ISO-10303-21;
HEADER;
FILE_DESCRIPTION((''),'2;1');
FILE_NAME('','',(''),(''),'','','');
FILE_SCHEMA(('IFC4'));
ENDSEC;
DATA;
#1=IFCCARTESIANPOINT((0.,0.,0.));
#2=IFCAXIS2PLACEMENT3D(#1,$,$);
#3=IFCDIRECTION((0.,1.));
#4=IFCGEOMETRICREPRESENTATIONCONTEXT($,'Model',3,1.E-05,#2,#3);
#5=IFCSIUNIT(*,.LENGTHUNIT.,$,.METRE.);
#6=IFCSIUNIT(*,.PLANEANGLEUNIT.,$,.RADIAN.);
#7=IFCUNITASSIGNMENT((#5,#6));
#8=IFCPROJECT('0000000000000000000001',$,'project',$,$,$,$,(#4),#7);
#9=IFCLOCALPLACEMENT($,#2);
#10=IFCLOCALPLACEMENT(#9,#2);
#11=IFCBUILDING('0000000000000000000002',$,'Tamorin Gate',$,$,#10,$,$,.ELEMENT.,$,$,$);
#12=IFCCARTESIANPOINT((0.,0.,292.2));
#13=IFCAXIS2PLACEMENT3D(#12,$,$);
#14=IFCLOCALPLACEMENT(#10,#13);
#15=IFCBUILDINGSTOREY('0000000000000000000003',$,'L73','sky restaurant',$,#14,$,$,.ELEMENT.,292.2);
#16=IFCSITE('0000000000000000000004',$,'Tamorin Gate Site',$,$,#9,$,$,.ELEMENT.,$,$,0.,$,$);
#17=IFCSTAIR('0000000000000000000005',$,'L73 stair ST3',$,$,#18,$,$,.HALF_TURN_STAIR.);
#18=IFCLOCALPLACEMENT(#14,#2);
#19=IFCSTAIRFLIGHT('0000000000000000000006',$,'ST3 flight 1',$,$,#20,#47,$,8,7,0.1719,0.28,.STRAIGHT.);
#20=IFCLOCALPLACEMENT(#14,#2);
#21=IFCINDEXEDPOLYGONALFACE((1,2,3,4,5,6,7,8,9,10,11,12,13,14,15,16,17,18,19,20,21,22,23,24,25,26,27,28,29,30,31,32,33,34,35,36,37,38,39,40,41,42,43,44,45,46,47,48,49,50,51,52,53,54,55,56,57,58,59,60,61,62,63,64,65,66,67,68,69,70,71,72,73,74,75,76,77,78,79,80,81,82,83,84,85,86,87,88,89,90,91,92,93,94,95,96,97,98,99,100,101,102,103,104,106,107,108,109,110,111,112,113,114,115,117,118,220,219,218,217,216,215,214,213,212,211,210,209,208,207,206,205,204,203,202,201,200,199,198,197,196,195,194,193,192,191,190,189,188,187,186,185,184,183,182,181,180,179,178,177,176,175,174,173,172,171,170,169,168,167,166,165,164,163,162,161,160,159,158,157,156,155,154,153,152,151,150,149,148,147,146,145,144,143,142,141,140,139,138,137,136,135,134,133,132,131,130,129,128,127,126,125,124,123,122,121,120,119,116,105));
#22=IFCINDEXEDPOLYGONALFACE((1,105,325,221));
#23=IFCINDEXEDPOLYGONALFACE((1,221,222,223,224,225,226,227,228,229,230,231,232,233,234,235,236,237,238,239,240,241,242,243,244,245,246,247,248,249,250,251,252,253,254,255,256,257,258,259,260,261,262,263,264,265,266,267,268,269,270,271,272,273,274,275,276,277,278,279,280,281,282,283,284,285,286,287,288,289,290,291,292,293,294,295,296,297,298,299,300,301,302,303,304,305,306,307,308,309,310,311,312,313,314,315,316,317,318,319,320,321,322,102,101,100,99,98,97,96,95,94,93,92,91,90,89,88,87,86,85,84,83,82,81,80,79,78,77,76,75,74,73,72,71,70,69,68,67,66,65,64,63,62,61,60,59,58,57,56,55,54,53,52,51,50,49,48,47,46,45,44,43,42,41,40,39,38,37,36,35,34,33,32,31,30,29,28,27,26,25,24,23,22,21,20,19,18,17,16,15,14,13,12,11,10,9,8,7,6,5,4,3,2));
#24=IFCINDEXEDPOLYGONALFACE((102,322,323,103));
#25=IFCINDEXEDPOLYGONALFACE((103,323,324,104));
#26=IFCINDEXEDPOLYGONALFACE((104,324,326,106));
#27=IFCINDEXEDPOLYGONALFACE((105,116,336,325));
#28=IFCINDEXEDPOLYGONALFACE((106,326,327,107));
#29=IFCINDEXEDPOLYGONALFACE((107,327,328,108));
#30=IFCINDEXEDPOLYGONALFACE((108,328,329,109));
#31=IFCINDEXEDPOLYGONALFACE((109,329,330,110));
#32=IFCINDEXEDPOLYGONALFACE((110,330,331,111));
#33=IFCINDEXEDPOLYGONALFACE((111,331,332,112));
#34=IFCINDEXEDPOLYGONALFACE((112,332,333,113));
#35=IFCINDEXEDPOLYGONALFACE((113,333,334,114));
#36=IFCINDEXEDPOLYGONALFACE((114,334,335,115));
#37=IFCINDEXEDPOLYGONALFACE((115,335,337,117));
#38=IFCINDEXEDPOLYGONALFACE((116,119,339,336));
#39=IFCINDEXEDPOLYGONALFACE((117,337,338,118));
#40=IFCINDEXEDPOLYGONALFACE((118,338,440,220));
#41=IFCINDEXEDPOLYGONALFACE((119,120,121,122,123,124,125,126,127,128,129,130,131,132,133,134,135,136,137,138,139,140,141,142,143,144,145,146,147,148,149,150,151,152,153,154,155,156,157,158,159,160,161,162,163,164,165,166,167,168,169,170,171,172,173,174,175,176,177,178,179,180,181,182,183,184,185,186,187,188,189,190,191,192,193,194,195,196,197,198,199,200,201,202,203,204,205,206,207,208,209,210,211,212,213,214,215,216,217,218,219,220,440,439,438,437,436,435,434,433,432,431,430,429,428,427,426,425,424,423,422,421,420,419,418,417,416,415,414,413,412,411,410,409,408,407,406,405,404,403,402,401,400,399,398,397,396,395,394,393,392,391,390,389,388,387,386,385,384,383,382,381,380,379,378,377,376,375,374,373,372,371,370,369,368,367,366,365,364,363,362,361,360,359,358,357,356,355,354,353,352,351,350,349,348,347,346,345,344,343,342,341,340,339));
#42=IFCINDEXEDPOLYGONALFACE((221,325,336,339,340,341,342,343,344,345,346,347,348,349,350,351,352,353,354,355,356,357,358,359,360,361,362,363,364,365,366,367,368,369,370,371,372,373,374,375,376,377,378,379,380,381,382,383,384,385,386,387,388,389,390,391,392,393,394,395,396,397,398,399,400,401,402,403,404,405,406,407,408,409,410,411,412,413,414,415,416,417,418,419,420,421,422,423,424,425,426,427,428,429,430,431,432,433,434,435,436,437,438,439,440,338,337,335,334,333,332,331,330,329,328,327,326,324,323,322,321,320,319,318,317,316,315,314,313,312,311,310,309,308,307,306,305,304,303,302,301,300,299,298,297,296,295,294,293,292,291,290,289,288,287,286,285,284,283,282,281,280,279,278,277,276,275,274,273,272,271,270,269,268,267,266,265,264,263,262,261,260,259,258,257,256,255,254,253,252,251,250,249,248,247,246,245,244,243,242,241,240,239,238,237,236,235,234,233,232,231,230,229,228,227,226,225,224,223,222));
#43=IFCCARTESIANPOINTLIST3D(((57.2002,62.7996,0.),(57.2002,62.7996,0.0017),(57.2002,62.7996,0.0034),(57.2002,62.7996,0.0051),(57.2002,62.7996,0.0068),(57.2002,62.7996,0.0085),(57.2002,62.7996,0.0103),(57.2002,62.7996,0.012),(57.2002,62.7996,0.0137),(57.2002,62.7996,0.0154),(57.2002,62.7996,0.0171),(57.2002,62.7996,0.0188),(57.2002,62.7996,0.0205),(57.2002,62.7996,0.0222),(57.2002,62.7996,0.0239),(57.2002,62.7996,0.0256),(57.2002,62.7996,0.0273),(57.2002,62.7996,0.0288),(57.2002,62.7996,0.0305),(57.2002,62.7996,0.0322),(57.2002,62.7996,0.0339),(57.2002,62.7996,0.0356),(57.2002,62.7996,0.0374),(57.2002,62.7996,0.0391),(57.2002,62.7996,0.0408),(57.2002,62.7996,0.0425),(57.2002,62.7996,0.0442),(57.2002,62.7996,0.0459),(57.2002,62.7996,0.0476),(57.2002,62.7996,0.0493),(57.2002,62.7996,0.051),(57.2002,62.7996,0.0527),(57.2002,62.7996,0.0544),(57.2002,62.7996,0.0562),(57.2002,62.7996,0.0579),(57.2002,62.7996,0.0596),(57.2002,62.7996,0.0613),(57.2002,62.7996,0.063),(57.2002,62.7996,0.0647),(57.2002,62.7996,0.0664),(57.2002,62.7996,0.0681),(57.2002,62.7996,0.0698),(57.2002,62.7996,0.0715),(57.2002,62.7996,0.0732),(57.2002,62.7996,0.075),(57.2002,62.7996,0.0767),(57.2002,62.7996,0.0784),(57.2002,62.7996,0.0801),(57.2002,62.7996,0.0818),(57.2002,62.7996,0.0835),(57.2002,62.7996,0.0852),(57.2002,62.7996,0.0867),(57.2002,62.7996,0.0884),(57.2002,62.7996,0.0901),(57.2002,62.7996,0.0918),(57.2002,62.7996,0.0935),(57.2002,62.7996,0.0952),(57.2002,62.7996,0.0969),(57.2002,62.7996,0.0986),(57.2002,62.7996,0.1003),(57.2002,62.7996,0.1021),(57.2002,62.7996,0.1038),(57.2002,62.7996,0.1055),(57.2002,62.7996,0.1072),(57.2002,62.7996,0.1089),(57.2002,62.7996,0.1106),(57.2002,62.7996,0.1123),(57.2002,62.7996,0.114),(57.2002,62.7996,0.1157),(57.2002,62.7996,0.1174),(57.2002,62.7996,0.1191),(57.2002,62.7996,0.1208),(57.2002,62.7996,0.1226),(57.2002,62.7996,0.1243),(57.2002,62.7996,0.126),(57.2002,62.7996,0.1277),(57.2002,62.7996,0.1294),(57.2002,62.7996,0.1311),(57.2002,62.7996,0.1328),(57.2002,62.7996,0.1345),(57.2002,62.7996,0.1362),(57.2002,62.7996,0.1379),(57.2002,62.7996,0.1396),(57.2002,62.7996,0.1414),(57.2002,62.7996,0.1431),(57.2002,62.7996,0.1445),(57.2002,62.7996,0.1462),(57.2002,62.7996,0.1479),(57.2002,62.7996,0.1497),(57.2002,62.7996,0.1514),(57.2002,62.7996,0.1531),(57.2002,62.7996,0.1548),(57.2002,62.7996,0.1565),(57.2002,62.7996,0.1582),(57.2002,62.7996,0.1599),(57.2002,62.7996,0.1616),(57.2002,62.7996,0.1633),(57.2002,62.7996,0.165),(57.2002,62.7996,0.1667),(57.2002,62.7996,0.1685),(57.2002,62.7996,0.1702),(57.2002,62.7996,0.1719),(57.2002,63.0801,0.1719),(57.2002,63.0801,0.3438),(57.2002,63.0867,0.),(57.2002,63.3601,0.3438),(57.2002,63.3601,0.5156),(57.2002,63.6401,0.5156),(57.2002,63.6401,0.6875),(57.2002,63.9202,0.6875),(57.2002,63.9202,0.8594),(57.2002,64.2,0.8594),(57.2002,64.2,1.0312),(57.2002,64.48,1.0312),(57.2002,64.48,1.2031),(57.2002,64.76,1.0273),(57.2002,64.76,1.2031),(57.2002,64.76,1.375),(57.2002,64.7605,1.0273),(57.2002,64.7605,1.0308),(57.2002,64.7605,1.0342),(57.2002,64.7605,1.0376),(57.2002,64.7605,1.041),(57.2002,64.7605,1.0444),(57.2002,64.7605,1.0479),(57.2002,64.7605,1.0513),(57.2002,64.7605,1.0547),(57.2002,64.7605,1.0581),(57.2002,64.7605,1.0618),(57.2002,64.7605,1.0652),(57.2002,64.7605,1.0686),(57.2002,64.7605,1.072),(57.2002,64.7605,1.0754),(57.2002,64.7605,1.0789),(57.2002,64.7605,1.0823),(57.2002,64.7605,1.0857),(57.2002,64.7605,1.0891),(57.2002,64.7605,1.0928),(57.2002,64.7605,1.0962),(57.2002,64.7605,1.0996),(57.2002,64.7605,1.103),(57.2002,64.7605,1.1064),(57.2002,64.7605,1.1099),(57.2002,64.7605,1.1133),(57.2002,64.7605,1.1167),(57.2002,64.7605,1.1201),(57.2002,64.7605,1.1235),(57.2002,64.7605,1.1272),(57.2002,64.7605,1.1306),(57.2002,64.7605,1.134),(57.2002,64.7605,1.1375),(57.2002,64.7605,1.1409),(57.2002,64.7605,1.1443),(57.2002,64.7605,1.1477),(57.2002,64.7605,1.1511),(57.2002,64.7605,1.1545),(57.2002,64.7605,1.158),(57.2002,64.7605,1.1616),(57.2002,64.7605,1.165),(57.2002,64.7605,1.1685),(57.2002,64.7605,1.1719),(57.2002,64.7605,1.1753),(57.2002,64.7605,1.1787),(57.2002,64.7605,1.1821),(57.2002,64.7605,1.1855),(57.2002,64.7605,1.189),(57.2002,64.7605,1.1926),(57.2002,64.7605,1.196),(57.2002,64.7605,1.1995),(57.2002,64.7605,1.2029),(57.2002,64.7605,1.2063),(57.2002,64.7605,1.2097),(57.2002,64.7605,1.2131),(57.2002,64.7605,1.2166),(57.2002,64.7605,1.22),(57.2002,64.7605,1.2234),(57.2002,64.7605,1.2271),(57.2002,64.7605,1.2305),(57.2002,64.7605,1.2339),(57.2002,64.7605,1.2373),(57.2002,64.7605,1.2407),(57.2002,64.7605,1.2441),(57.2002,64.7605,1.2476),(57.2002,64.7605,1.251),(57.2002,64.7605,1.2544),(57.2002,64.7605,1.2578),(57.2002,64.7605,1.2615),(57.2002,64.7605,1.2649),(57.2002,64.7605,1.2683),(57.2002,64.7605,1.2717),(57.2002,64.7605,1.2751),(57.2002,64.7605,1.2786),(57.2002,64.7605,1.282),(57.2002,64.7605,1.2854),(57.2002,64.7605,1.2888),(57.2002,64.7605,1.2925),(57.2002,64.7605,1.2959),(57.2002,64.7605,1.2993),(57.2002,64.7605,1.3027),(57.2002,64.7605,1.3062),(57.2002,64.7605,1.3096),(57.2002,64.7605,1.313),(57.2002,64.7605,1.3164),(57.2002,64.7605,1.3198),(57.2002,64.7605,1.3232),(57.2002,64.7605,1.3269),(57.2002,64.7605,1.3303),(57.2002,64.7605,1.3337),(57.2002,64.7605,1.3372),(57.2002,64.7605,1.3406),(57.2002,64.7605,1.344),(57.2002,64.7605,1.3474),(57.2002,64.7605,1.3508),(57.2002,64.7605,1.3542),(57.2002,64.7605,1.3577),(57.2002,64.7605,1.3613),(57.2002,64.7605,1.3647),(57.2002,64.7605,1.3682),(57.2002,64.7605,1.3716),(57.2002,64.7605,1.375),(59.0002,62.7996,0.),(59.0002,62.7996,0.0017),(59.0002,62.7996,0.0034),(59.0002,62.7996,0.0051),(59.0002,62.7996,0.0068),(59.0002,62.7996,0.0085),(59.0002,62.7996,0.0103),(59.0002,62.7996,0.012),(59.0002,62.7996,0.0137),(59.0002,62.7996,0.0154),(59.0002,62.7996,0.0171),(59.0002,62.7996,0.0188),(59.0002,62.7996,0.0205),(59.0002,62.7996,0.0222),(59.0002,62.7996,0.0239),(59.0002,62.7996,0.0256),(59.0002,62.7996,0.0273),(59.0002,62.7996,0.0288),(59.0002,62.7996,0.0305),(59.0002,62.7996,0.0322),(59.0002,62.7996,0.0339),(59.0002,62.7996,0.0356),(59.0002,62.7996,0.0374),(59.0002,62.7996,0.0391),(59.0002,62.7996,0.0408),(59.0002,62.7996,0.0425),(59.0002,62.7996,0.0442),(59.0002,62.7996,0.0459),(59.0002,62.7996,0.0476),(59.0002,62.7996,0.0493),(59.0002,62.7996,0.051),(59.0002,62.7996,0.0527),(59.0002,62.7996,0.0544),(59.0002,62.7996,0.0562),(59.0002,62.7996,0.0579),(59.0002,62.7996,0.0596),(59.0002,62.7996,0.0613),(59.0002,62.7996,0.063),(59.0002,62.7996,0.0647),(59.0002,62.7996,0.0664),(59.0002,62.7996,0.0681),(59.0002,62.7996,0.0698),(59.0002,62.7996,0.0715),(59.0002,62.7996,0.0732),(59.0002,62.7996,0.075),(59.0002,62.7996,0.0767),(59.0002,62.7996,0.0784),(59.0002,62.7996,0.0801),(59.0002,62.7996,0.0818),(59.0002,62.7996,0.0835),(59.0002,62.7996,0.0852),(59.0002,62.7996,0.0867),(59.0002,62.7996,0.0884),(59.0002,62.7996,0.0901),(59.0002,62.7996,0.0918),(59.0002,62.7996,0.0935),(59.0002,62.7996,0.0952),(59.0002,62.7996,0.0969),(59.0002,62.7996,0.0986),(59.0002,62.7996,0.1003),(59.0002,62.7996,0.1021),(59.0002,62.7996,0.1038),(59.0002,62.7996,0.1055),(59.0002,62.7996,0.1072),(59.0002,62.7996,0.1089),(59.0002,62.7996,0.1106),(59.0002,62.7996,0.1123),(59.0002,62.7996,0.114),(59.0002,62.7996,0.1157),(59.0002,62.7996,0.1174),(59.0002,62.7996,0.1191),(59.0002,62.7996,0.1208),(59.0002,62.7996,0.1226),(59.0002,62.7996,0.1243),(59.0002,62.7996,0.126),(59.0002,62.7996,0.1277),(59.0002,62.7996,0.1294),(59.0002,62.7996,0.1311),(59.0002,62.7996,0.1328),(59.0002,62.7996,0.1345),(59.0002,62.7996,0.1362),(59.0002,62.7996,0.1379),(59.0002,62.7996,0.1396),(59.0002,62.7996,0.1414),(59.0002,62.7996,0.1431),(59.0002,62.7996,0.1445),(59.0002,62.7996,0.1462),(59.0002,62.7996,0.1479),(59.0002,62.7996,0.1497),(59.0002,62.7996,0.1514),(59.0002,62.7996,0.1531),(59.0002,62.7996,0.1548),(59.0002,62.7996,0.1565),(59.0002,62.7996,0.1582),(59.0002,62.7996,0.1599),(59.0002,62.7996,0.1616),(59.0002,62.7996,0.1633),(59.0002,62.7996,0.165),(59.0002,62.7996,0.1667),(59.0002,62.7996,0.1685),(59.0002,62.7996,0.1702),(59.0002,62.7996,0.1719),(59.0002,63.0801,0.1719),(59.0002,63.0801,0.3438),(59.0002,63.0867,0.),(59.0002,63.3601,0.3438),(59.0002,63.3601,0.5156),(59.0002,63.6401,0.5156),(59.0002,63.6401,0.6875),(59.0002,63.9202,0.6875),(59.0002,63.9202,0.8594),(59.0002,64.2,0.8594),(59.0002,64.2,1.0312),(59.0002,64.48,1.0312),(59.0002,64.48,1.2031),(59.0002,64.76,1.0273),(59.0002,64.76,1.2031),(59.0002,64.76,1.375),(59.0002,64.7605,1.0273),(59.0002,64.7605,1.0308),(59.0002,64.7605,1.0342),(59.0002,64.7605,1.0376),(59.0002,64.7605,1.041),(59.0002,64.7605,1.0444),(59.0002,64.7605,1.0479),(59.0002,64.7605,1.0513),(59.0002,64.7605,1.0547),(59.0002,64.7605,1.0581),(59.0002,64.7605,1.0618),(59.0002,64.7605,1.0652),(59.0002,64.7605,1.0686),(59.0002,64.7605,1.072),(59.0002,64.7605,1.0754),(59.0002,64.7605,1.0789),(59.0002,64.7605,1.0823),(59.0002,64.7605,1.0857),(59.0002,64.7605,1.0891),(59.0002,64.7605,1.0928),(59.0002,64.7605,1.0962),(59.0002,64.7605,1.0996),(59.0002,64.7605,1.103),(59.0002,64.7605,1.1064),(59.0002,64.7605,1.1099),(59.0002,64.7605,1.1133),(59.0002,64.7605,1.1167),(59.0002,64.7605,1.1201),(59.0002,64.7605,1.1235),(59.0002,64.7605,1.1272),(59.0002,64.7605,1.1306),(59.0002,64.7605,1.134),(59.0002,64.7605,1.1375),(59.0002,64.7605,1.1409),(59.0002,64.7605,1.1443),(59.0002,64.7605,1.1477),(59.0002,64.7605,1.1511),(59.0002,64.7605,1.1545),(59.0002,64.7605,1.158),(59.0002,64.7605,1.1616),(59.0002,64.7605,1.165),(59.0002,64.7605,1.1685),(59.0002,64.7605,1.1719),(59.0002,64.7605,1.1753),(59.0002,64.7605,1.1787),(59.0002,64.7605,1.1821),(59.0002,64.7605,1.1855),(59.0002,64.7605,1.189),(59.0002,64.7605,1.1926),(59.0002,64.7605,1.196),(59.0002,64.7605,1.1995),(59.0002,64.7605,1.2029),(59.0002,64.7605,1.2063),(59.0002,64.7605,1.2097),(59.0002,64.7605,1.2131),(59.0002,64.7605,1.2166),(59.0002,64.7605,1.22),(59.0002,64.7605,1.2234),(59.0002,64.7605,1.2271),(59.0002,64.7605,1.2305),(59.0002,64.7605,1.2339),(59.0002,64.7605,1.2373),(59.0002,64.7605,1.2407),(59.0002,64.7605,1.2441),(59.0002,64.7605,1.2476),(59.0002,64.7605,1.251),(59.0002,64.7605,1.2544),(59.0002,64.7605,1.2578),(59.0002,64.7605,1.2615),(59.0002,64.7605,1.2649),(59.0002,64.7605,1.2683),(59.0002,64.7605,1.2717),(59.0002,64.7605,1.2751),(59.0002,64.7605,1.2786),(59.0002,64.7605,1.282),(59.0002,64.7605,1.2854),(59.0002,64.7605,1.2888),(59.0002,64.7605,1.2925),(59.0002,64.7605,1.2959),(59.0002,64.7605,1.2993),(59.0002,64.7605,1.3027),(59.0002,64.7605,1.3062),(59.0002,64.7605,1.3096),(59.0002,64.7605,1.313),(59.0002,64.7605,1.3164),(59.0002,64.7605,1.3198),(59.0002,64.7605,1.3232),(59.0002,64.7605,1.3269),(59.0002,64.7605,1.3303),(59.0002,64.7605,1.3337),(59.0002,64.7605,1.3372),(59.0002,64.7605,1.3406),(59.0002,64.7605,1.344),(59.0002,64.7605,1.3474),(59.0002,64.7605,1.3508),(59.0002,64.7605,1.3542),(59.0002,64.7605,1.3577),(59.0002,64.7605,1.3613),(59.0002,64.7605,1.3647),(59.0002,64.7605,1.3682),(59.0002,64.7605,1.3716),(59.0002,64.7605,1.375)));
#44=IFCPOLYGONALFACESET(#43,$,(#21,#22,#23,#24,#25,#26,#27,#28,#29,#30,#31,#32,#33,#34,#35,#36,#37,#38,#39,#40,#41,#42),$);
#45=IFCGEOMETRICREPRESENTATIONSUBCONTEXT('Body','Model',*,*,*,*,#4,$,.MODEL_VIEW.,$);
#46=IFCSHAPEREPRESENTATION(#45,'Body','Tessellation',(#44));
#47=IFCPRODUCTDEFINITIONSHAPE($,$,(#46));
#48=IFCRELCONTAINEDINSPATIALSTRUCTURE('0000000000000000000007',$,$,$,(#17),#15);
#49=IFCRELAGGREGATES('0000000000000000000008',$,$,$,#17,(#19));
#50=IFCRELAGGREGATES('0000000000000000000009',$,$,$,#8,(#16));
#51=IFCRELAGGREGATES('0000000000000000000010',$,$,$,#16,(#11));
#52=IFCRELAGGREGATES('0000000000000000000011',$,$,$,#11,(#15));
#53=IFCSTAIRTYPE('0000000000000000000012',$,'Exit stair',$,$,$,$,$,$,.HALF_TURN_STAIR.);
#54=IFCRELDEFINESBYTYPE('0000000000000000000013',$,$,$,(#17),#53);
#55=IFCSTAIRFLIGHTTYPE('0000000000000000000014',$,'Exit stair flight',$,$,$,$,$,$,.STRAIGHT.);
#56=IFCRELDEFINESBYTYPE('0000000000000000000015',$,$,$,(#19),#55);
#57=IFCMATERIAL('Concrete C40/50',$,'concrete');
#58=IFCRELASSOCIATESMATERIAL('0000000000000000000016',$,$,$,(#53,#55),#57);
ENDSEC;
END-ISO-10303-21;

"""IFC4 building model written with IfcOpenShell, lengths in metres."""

from ifc_helpers import new_model, si_unit, direction, frame, origin, place, context, subcontext, project, spatial, polyline, outline, extrude, material, type_object, element, aggregate, save


model = new_model("IFC4")

# Units and contexts
model_context = context("Model", 3, precision=1e-05, world=origin(), true_north=direction((0.0, 1.0)))
body_context = subcontext(model_context, "Body", "Model", "MODEL_VIEW")
ifc_project = project(units=[si_unit("LENGTHUNIT", "METRE"), si_unit("PLANEANGLEUNIT", "RADIAN")], contexts=[model_context])

# Site, building, storey
site_placement = place(None, origin())
site = spatial("IfcSite", under=ifc_project, at=site_placement, Name="Tamorin Gate Site", CompositionType="ELEMENT", RefElevation=0.0)
building_placement = place(site_placement, origin())
building = spatial("IfcBuilding", under=site, at=building_placement, Name="Tamorin Gate", CompositionType="ELEMENT")
storey_placement = place(building_placement, frame((0.0, 0.0, 292.2)))
storey = spatial("IfcBuildingStorey", under=building, at=storey_placement, Name="L73", Description="sky restaurant", CompositionType="ELEMENT", Elevation=292.2)

# Shared definitions
ifc_material_1 = material(Name="Concrete C40/50", Category="concrete")

# Stair, stair flight
stair_type = type_object("IfcStairType", Name="Exit stair", PredefinedType="HALF_TURN_STAIR", material=ifc_material_1)
stair_placement = place(storey_placement, origin())
stair = element("IfcStair", 1, at=stair_placement, inside=storey, type_object=stair_type, Name="L73 stair ST3", PredefinedType="HALF_TURN_STAIR")
stair_flight_type = type_object("IfcStairFlightType", Name="Exit stair flight", PredefinedType="STRAIGHT", material=ifc_material_1)
stair_flight_1_placement = place(storey_placement, frame((58.1001, 62.8, 0.0), z_axis=(0.0, 0.0, 1.0), x_axis=(0.0, 1.0, 0.0)))
stair_flight_1 = element("IfcStairFlight", 2, at=stair_flight_1_placement, type_object=stair_flight_type, Name="ST3 flight 1", NumberOfRisers=8, NumberOfTreads=7, PredefinedType="STRAIGHT", RiserHeight=0.1719, TreadLength=0.28, context=body_context, shape_type="SweptSolid", body=[
    extrude(outline(polyline([(-0.0005, 0.0), (-0.0005, 0.0017), (-0.0005, 0.0034), (-0.0005, 0.0051), (-0.0005, 0.0068), (-0.0005, 0.0085), (-0.0005, 0.0103), (-0.0005, 0.012), (-0.0005, 0.0137), (-0.0005, 0.0154), (-0.0005, 0.0171), (-0.0005, 0.0188), (-0.0005, 0.0205), (-0.0005, 0.0222), (-0.0005, 0.0239), (-0.0005, 0.0256), (-0.0005, 0.0273), (-0.0005, 0.0288), (-0.0005, 0.0305), (-0.0005, 0.0322), (-0.0005, 0.0339), (-0.0005, 0.0356), (-0.0005, 0.0374), (-0.0005, 0.0391), (-0.0005, 0.0408), (-0.0005, 0.0425), (-0.0005, 0.0442), (-0.0005, 0.0459), (-0.0005, 0.0476), (-0.0005, 0.0493), (-0.0005, 0.051), (-0.0005, 0.0527), (-0.0005, 0.0544), (-0.0005, 0.0562), (-0.0005, 0.0579), (-0.0005, 0.0596), (-0.0005, 0.0613), (-0.0005, 0.063), (-0.0005, 0.0647), (-0.0005, 0.0664), (-0.0005, 0.0681), (-0.0005, 0.0698), (-0.0005, 0.0715), (-0.0005, 0.0732), (-0.0005, 0.075), (-0.0005, 0.0767), (-0.0005, 0.0784), (-0.0005, 0.0801), (-0.0005, 0.0818), (-0.0005, 0.0835), (-0.0005, 0.0852), (-0.0005, 0.0867), (-0.0005, 0.0884), (-0.0005, 0.0901), (-0.0005, 0.0918), (-0.0005, 0.0935), (-0.0005, 0.0952), (-0.0005, 0.0969), (-0.0005, 0.0986), (-0.0005, 0.1003), (-0.0005, 0.1021), (-0.0005, 0.1038), (-0.0005, 0.1055), (-0.0005, 0.1072), (-0.0005, 0.1089), (-0.0005, 0.1106), (-0.0005, 0.1123), (-0.0005, 0.114), (-0.0005, 0.1157), (-0.0005, 0.1174), (-0.0005, 0.1191), (-0.0005, 0.1208), (-0.0005, 0.1226), (-0.0005, 0.1243), (-0.0005, 0.126), (-0.0005, 0.1277), (-0.0005, 0.1294), (-0.0005, 0.1311), (-0.0005, 0.1328), (-0.0005, 0.1345), (-0.0005, 0.1362), (-0.0005, 0.1379), (-0.0005, 0.1396), (-0.0005, 0.1414), (-0.0005, 0.1431), (-0.0005, 0.1445), (-0.0005, 0.1462), (-0.0005, 0.1479), (-0.0005, 0.1497), (-0.0005, 0.1514), (-0.0005, 0.1531), (-0.0005, 0.1548), (-0.0005, 0.1565), (-0.0005, 0.1582), (-0.0005, 0.1599), (-0.0005, 0.1616), (-0.0005, 0.1633), (-0.0005, 0.165), (-0.0005, 0.1667), (-0.0005, 0.1685), (-0.0005, 0.1702), (-0.0005, 0.1719), (0.28, 0.1719), (0.28, 0.3438), (0.5601, 0.3438), (0.5601, 0.5156), (0.8401, 0.5156), (0.8401, 0.6875), (1.1201, 0.6875), (1.1201, 0.8594), (1.3999, 0.8594), (1.3999, 1.0312), (1.6799, 1.0312), (1.6799, 1.2031), (1.96, 1.2031), (1.96, 1.375), (1.9604, 1.375), (1.9604, 1.3716), (1.9604, 1.3682), (1.9604, 1.3647), (1.9604, 1.3613), (1.9604, 1.3577), (1.9604, 1.3542), (1.9604, 1.3508), (1.9604, 1.3474), (1.9604, 1.344), (1.9604, 1.3406), (1.9604, 1.3372), (1.9604, 1.3337), (1.9604, 1.3303), (1.9604, 1.3269), (1.9604, 1.3232), (1.9604, 1.3198), (1.9604, 1.3164), (1.9604, 1.313), (1.9604, 1.3096), (1.9604, 1.3062), (1.9604, 1.3027), (1.9604, 1.2993), (1.9604, 1.2959), (1.9604, 1.2925), (1.9604, 1.2888), (1.9604, 1.2854), (1.9604, 1.282), (1.9604, 1.2786), (1.9604, 1.2751), (1.9604, 1.2717), (1.9604, 1.2683), (1.9604, 1.2649), (1.9604, 1.2615), (1.9604, 1.2578), (1.9604, 1.2544), (1.9604, 1.251), (1.9604, 1.2476), (1.9604, 1.2441), (1.9604, 1.2407), (1.9604, 1.2373), (1.9604, 1.2339), (1.9604, 1.2305), (1.9604, 1.2271), (1.9604, 1.2234), (1.9604, 1.22), (1.9604, 1.2166), (1.9604, 1.2131), (1.9604, 1.2097), (1.9604, 1.2063), (1.9604, 1.2029), (1.9604, 1.1995), (1.9604, 1.196), (1.9604, 1.1926), (1.9604, 1.189), (1.9604, 1.1855), (1.9604, 1.1821), (1.9604, 1.1787), (1.9604, 1.1753), (1.9604, 1.1719), (1.9604, 1.1685), (1.9604, 1.165), (1.9604, 1.1616), (1.9604, 1.158), (1.9604, 1.1545), (1.9604, 1.1511), (1.9604, 1.1477), (1.9604, 1.1443), (1.9604, 1.1409), (1.9604, 1.1375), (1.9604, 1.134), (1.9604, 1.1306), (1.9604, 1.1272), (1.9604, 1.1235), (1.9604, 1.1201), (1.9604, 1.1167), (1.9604, 1.1133), (1.9604, 1.1099), (1.9604, 1.1064), (1.9604, 1.103), (1.9604, 1.0996), (1.9604, 1.0962), (1.9604, 1.0928), (1.9604, 1.0891), (1.9604, 1.0857), (1.9604, 1.0823), (1.9604, 1.0789), (1.9604, 1.0754), (1.9604, 1.072), (1.9604, 1.0686), (1.9604, 1.0652), (1.9604, 1.0618), (1.9604, 1.0581), (1.9604, 1.0547), (1.9604, 1.0513), (1.9604, 1.0479), (1.9604, 1.0444), (1.9604, 1.041), (1.9604, 1.0376), (1.9604, 1.0342), (1.9604, 1.0308), (1.9604, 1.0273), (1.96, 1.0273), (0.2866, 0.0), (-0.0005, 0.0)])), frame((0.0, 0.8999, 0.0), z_axis=(0.0, -1.0, 0.0), x_axis=(1.0, 0.0, 0.0)), (0.0, 0.0, 1.0), 1.8),
])
aggregate(stair, [stair_flight_1])

save(model, "model.ifc")
